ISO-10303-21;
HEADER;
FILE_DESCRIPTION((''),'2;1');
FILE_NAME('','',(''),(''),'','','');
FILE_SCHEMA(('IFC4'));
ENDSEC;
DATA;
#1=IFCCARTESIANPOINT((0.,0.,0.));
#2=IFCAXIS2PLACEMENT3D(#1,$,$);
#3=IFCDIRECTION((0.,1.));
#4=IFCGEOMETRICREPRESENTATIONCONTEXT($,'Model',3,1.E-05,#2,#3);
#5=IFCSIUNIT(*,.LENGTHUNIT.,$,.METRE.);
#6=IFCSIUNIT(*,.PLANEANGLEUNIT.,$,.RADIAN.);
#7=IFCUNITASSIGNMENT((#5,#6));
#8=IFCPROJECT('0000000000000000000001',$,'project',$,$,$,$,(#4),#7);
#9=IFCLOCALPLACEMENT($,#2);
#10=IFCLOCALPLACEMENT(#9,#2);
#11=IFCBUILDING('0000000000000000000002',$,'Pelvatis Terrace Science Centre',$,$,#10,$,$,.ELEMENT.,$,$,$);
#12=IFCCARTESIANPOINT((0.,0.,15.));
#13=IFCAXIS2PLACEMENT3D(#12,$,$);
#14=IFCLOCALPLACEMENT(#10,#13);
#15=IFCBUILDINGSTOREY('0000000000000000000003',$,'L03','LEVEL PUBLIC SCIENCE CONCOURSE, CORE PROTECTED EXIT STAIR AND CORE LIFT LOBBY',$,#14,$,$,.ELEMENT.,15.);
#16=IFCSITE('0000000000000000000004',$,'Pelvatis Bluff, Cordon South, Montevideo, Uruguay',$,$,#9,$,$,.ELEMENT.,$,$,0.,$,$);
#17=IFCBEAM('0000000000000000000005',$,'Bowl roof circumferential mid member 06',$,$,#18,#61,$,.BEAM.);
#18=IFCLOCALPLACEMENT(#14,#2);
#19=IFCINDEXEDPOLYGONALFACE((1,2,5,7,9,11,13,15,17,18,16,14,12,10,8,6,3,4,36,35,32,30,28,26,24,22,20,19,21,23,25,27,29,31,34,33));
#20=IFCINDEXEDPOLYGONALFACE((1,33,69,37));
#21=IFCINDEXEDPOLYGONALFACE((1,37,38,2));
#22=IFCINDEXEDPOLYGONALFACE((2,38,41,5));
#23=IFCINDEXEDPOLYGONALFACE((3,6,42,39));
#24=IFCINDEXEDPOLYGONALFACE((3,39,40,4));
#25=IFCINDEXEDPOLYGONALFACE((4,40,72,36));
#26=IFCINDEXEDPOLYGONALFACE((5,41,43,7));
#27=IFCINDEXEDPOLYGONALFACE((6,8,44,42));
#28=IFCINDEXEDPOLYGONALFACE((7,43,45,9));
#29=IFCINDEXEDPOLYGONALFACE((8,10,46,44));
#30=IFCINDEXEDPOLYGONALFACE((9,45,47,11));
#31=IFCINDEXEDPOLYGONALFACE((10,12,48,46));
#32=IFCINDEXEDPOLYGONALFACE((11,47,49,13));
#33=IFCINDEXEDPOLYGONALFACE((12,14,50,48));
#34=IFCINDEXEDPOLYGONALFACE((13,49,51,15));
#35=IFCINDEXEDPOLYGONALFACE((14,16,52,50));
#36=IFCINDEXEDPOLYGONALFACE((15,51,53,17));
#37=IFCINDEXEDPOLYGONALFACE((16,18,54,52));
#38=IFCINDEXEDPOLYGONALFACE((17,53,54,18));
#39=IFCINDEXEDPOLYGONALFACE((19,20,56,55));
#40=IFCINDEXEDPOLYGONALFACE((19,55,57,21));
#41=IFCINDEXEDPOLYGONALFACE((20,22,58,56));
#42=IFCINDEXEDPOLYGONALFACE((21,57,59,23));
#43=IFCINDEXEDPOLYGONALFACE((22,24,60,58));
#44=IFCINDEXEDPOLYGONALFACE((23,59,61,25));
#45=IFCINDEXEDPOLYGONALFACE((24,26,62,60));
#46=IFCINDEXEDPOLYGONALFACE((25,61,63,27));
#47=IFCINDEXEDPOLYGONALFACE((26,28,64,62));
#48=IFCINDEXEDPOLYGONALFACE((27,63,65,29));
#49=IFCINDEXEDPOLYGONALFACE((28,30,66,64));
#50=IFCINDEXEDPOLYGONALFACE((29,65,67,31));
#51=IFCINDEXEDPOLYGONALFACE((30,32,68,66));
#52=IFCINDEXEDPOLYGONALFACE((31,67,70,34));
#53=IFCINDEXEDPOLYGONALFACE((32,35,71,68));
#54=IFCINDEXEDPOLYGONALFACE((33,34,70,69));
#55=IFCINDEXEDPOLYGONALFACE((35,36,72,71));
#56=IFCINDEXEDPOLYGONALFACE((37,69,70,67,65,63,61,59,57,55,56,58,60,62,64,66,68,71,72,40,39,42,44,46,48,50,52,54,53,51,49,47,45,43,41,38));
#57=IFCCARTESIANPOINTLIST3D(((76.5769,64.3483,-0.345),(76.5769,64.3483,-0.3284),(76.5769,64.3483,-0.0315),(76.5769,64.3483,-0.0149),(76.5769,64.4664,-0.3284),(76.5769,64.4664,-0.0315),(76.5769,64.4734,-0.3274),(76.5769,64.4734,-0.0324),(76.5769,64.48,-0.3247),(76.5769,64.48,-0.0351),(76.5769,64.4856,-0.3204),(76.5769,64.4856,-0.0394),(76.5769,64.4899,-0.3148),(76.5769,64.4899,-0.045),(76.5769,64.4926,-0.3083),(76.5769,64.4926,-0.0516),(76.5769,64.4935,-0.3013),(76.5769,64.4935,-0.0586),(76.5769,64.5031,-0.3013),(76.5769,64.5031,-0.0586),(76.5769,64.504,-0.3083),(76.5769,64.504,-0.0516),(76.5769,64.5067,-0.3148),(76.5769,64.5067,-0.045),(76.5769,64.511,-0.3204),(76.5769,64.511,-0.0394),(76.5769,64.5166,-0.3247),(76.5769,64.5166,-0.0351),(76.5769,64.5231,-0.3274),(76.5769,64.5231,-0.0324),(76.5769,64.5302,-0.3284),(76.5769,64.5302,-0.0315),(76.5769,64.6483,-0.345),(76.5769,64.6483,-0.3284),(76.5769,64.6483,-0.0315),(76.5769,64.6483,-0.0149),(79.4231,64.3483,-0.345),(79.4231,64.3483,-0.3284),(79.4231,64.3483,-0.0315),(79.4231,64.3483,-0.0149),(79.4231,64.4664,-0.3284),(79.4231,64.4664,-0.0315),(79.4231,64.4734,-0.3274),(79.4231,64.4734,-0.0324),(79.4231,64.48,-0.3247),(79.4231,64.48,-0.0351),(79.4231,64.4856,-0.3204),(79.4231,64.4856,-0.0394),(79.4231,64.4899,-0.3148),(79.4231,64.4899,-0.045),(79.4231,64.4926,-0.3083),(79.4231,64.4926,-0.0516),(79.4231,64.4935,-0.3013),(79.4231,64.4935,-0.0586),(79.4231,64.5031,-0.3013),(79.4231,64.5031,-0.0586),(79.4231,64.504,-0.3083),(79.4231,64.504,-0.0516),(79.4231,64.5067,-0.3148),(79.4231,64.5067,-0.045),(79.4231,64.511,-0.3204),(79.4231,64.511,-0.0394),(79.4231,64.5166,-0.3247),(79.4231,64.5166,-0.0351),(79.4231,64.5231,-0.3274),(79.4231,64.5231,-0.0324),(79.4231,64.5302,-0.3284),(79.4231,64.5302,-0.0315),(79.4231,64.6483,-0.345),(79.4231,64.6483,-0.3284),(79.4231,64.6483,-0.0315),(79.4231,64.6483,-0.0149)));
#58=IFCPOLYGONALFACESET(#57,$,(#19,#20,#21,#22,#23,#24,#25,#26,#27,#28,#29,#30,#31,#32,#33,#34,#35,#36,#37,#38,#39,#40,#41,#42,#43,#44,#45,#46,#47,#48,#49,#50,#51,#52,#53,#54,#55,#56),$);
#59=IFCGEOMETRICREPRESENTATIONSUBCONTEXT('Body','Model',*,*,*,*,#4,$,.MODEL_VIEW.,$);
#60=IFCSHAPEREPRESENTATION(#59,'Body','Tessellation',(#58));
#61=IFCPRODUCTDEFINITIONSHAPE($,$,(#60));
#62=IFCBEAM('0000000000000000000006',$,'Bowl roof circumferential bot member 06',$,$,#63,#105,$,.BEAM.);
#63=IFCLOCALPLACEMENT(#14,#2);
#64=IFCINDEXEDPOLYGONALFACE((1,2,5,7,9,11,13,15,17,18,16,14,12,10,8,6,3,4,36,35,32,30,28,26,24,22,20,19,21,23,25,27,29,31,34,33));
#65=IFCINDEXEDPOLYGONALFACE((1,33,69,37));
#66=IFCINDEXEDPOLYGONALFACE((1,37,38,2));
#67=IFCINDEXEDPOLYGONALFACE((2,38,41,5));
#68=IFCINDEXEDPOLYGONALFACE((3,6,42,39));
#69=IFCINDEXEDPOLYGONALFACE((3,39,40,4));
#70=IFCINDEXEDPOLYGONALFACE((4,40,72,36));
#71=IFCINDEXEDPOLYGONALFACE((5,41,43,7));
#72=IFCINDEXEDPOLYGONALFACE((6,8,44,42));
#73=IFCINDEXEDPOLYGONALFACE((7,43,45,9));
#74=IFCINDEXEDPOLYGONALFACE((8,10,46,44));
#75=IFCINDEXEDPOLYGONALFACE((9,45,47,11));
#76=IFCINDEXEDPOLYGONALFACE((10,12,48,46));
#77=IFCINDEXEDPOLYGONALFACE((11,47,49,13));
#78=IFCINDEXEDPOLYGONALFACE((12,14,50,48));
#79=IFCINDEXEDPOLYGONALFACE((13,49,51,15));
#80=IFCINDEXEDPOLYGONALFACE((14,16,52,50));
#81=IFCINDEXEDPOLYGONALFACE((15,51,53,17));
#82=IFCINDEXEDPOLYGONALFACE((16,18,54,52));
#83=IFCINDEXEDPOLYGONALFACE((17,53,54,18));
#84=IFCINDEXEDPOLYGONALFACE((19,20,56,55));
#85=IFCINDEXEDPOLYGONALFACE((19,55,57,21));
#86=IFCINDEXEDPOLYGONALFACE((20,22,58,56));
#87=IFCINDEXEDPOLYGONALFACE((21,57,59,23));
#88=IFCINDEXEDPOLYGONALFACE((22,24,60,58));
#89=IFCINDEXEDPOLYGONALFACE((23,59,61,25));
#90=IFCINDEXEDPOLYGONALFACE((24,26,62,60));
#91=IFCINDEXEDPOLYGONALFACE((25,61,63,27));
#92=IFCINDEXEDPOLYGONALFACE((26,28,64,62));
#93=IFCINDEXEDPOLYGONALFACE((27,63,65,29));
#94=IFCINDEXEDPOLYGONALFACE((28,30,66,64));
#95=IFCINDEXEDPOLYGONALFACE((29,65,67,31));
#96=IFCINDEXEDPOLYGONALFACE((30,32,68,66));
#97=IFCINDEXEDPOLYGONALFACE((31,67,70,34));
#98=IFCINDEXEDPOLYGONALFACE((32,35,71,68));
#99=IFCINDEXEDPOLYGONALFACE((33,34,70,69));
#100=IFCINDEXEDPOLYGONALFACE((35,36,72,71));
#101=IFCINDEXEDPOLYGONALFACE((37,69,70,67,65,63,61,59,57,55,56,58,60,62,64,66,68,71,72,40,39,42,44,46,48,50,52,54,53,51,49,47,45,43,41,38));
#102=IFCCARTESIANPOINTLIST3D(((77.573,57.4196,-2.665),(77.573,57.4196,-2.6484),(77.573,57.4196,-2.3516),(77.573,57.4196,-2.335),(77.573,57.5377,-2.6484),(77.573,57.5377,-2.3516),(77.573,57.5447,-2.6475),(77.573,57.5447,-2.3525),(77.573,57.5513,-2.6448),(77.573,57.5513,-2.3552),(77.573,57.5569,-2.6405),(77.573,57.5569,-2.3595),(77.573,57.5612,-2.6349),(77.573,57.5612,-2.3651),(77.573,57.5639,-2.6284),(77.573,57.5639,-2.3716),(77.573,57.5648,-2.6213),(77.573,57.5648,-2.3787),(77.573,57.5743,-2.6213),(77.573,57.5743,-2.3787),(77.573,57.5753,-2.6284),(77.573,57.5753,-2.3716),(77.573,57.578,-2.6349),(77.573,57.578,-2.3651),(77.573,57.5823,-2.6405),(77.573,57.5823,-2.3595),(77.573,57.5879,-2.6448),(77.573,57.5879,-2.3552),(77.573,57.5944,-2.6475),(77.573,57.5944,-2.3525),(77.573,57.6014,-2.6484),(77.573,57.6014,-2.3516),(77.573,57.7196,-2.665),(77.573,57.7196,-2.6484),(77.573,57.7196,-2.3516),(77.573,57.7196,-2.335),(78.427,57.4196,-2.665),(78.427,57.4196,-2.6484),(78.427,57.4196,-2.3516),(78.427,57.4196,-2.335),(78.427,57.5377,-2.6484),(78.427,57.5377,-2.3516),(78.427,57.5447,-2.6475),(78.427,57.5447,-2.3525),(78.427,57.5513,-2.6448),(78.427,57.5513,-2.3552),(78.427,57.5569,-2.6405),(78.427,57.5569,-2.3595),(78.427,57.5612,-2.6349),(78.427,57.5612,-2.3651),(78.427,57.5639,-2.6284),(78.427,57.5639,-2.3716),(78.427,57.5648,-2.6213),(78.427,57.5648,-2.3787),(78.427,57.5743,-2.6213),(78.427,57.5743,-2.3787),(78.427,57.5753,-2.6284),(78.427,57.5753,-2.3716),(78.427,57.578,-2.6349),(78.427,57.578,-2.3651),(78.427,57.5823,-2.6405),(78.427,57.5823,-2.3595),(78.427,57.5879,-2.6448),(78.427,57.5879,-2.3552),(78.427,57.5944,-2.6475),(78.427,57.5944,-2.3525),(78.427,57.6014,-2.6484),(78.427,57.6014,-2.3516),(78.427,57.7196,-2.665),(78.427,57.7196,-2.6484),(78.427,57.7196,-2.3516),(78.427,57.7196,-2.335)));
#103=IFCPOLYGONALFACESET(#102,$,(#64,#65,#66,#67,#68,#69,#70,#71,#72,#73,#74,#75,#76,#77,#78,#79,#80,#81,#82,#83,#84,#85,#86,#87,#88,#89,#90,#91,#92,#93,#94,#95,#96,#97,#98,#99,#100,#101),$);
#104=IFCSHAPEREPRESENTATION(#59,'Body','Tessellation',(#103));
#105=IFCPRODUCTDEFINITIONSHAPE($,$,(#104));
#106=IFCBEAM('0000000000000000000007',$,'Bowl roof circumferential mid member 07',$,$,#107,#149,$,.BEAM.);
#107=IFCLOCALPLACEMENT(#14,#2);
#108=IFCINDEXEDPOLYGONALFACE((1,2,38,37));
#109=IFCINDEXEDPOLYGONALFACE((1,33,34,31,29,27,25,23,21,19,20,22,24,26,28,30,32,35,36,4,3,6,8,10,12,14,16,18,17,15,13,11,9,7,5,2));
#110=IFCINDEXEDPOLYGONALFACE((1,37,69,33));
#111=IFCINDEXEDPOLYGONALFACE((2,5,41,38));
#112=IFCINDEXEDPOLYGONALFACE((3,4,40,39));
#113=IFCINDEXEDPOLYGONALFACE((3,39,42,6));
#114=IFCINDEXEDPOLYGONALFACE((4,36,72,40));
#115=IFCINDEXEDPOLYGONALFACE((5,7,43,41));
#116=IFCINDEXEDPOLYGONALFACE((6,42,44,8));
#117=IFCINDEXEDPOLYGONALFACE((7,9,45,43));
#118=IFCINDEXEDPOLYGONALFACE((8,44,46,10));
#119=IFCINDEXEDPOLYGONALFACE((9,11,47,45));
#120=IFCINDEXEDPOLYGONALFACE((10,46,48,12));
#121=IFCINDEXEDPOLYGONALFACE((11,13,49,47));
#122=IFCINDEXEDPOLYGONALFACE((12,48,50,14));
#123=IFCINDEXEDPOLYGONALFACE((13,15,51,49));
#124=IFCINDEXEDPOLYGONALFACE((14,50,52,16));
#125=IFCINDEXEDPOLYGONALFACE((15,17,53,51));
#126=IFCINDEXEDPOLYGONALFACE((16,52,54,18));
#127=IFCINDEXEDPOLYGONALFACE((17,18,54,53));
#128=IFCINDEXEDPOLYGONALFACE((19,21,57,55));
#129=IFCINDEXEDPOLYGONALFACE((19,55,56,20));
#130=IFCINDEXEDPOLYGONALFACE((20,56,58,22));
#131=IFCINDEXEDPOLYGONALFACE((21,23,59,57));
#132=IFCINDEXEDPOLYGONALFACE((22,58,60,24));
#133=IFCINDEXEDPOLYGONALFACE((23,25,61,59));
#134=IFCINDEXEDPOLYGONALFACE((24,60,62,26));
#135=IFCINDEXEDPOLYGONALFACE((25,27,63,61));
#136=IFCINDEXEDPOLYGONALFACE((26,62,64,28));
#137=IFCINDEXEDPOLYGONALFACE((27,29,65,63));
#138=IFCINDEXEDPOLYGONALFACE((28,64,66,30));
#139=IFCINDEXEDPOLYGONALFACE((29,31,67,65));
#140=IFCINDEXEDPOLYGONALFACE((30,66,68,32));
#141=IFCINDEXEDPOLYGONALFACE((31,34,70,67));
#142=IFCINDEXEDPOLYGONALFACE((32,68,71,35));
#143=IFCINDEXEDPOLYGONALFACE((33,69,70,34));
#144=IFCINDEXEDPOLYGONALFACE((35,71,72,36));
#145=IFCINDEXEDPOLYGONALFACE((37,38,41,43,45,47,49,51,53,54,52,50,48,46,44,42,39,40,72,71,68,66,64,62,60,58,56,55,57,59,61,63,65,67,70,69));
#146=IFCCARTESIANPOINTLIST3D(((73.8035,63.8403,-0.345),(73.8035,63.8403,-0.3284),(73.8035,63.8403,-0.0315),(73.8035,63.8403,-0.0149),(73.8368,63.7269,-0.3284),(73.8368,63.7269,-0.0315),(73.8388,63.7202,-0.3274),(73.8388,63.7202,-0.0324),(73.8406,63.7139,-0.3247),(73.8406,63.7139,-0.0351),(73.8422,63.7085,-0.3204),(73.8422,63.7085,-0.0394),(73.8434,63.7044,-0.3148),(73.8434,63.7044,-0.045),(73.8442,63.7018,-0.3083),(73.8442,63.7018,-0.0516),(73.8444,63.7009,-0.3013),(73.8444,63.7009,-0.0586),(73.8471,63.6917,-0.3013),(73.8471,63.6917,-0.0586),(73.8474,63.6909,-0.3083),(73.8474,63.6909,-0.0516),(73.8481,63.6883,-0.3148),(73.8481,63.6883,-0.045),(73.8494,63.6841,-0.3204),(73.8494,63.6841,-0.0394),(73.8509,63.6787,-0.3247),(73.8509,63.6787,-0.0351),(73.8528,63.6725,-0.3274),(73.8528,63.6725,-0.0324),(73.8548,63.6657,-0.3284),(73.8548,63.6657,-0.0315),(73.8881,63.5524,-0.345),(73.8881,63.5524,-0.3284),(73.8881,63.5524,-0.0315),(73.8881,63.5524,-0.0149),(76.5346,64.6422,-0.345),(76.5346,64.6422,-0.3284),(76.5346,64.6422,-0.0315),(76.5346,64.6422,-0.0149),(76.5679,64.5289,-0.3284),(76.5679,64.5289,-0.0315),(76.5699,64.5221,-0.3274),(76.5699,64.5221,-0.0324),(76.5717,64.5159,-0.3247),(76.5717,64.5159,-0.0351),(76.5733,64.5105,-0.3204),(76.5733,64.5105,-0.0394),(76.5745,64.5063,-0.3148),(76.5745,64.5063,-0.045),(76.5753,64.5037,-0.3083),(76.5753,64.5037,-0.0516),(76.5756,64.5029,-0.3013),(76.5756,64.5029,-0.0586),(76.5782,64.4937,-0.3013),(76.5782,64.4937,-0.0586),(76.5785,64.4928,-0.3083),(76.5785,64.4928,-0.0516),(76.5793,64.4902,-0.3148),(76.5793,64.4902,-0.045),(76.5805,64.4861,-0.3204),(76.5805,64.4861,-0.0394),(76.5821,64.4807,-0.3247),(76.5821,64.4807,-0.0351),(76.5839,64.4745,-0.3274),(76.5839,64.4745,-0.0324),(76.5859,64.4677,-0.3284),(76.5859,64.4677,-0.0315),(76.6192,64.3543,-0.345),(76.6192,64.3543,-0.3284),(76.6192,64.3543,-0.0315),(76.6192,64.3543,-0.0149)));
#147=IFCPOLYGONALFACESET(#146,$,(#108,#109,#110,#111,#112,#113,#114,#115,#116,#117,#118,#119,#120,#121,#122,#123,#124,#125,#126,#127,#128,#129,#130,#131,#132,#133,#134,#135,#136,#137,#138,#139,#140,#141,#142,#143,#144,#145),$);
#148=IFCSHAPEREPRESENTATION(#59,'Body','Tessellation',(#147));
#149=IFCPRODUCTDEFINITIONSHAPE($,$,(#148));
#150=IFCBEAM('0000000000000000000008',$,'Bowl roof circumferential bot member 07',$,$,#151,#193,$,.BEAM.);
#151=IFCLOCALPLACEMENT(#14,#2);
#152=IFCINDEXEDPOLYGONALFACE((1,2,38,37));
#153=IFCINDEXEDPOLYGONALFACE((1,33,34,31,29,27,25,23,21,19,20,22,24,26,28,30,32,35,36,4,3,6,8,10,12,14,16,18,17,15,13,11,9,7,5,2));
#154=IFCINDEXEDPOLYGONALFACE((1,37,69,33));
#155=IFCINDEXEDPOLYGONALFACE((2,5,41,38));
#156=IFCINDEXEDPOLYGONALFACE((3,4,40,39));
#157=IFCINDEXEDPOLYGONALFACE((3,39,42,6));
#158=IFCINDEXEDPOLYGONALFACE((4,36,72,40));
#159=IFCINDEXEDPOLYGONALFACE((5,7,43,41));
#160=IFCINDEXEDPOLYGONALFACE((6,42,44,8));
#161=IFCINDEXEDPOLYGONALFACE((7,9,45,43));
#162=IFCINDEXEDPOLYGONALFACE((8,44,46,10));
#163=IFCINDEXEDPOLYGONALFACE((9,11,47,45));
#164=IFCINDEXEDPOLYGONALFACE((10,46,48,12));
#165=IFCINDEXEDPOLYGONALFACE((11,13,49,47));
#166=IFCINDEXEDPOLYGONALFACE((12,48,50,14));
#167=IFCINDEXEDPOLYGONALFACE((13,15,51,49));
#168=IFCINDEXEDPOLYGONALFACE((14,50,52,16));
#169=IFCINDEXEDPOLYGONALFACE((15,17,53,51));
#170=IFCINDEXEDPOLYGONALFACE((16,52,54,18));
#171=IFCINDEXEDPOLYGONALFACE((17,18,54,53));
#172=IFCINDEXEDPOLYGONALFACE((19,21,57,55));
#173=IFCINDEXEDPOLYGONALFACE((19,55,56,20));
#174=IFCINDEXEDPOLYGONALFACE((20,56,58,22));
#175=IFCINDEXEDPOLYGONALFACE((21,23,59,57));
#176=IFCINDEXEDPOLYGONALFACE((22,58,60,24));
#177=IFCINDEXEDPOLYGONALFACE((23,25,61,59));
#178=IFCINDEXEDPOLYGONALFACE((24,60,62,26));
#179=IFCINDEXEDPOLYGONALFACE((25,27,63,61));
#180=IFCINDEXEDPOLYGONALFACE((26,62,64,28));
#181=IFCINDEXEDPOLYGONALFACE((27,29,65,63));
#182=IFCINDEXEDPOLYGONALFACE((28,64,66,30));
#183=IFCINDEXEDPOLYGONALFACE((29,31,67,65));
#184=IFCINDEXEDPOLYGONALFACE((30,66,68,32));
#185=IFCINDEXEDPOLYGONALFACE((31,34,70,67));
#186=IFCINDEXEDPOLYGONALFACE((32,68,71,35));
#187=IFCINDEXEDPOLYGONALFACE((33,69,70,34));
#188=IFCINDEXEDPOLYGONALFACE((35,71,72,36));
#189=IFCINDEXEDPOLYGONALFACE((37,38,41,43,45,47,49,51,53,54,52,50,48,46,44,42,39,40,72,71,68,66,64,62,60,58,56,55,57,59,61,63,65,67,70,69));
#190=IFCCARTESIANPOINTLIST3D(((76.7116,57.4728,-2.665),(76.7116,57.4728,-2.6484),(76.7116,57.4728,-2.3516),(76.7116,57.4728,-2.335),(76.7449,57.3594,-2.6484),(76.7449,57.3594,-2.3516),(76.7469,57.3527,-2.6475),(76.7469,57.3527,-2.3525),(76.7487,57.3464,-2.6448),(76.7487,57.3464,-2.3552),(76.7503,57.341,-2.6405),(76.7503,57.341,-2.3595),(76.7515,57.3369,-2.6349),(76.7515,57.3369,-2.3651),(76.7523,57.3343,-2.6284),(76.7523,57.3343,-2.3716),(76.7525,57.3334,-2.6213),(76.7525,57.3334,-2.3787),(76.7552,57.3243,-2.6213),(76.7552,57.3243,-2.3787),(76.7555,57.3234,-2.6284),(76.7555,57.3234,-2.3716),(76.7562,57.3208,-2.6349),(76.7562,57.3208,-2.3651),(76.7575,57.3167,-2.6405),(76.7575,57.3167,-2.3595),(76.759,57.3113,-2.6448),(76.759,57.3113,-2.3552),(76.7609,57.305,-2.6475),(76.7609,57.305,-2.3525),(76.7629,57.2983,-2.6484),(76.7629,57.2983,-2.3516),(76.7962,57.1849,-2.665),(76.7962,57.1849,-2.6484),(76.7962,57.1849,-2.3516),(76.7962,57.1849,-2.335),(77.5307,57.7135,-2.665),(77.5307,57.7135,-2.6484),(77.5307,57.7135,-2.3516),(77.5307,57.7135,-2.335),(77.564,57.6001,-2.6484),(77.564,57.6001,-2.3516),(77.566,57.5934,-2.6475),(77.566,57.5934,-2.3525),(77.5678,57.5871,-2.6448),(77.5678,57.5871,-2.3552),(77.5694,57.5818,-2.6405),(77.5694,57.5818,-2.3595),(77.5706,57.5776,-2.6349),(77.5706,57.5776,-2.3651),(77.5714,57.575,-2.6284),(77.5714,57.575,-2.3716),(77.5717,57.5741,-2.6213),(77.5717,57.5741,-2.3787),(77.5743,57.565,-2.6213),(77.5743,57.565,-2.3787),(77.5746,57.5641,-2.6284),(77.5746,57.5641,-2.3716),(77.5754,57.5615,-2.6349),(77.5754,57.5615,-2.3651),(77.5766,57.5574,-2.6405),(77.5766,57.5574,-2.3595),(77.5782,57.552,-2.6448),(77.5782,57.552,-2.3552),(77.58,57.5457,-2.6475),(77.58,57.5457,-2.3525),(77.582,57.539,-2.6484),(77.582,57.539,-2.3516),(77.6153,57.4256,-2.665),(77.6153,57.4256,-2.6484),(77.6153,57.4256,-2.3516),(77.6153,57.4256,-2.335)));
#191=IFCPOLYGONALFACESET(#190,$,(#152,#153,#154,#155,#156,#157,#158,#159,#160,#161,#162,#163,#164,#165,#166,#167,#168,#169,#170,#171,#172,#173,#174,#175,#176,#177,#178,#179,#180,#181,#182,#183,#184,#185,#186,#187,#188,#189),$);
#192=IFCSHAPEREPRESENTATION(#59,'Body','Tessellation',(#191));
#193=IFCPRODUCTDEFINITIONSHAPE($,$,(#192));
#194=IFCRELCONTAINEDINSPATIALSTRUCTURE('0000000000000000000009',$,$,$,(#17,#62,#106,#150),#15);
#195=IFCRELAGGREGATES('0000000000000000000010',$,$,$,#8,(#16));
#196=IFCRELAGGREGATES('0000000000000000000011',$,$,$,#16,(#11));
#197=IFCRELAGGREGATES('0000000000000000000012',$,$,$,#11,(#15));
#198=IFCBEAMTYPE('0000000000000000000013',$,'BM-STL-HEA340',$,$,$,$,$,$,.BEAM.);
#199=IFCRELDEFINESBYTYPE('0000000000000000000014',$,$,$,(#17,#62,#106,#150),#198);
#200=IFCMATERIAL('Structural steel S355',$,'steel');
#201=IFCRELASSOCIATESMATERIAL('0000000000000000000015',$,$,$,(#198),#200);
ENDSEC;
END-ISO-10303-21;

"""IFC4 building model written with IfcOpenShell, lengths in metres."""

from ifc_helpers import new_model, si_unit, direction, frame, origin, origin_2d, place, context, subcontext, project, spatial, i_section, extrude, material, material_profile, profile_set, type_object, element, save


model = new_model("IFC4")

# Units and contexts
model_context = context("Model", 3, precision=1e-05, world=origin(), true_north=direction((0.0, 1.0)))
body_context = subcontext(model_context, "Body", "Model", "MODEL_VIEW")
ifc_project = project(units=[si_unit("LENGTHUNIT", "METRE"), si_unit("PLANEANGLEUNIT", "RADIAN")], contexts=[model_context])

# Site, building, storey
site_placement = place(None, origin())
site = spatial("IfcSite", under=ifc_project, at=site_placement, Name="Pelvatis Bluff, Cordon South, Montevideo, Uruguay", CompositionType="ELEMENT", RefElevation=0.0)
building_placement = place(site_placement, origin())
building = spatial("IfcBuilding", under=site, at=building_placement, Name="Pelvatis Terrace Science Centre", CompositionType="ELEMENT")
storey_placement = place(building_placement, frame((0.0, 0.0, 15.0)))
storey = spatial("IfcBuildingStorey", under=building, at=storey_placement, Name="L03", Description="LEVEL PUBLIC SCIENCE CONCOURSE, CORE PROTECTED EXIT STAIR AND CORE LIFT LOBBY", CompositionType="ELEMENT", Elevation=15.0)

# Beams
ifc_material_1 = material(Name="Structural steel S355", Category="steel")
ifc_material_profile_1 = material_profile(ifc_material_1, i_section(OverallWidth=0.3, OverallDepth=0.3301, WebThickness=0.0095, FlangeThickness=0.0166, FilletRadius=0.0271, at=origin_2d()), Name="HEA 340")
ifc_profile_set_1 = profile_set([ifc_material_profile_1], Name="Structural steel S355")
beam_type_1 = type_object("IfcBeamType", Name="BM-STL-HEA340", PredefinedType="BEAM", material=ifc_profile_set_1)
beam_1_placement = place(storey_placement, frame((79.4231, 64.4983, -0.1799), z_axis=(-1.0, 0.0, 0.0), x_axis=(0.0, -1.0, 0.0)))
element("IfcBeam", 1, at=beam_1_placement, inside=storey, type_object=beam_type_1, Name="Bowl roof circumferential mid member 06", PredefinedType="BEAM", context=body_context, shape_type="SweptSolid", body=[
    extrude(i_section(OverallWidth=0.3, OverallDepth=0.3301, WebThickness=0.0095, FlangeThickness=0.0166, FilletRadius=0.0271, at=origin_2d()), origin(), (0.0, 0.0, 1.0), 2.8462),
])
beam_2_placement = place(storey_placement, frame((78.427, 57.5696, -2.5), z_axis=(-1.0, 0.0, 0.0), x_axis=(0.0, -1.0, 0.0)))
element("IfcBeam", 2, at=beam_2_placement, inside=storey, type_object=beam_type_1, Name="Bowl roof circumferential bot member 06", PredefinedType="BEAM", context=body_context, shape_type="SweptSolid", body=[
    extrude(i_section(OverallWidth=0.3, OverallDepth=0.3301, WebThickness=0.0095, FlangeThickness=0.0166, FilletRadius=0.0271, at=origin_2d()), origin(), (0.0, 0.0, 1.0), 0.854),
])
beam_3_placement = place(storey_placement, frame((76.5769, 64.4983, -0.1799), z_axis=(-0.959488, -0.281748, 0.0), x_axis=(0.281748, -0.959488, 0.0)))
element("IfcBeam", 3, at=beam_3_placement, inside=storey, type_object=beam_type_1, Name="Bowl roof circumferential mid member 07", PredefinedType="BEAM", context=body_context, shape_type="SweptSolid", body=[
    extrude(i_section(OverallWidth=0.3, OverallDepth=0.3301, WebThickness=0.0095, FlangeThickness=0.0166, FilletRadius=0.0271, at=origin_2d()), origin(), (0.0, 0.0, 1.0), 2.8464),
])
beam_4_placement = place(storey_placement, frame((77.573, 57.5696, -2.5), z_axis=(-0.959425, -0.281965, 0.0), x_axis=(0.281965, -0.959425, 0.0)))
element("IfcBeam", 4, at=beam_4_placement, inside=storey, type_object=beam_type_1, Name="Bowl roof circumferential bot member 07", PredefinedType="BEAM", context=body_context, shape_type="SweptSolid", body=[
    extrude(i_section(OverallWidth=0.3, OverallDepth=0.3301, WebThickness=0.0095, FlangeThickness=0.0166, FilletRadius=0.0271, at=origin_2d()), origin(), (0.0, 0.0, 1.0), 0.8538),
])

save(model, "model.ifc")
